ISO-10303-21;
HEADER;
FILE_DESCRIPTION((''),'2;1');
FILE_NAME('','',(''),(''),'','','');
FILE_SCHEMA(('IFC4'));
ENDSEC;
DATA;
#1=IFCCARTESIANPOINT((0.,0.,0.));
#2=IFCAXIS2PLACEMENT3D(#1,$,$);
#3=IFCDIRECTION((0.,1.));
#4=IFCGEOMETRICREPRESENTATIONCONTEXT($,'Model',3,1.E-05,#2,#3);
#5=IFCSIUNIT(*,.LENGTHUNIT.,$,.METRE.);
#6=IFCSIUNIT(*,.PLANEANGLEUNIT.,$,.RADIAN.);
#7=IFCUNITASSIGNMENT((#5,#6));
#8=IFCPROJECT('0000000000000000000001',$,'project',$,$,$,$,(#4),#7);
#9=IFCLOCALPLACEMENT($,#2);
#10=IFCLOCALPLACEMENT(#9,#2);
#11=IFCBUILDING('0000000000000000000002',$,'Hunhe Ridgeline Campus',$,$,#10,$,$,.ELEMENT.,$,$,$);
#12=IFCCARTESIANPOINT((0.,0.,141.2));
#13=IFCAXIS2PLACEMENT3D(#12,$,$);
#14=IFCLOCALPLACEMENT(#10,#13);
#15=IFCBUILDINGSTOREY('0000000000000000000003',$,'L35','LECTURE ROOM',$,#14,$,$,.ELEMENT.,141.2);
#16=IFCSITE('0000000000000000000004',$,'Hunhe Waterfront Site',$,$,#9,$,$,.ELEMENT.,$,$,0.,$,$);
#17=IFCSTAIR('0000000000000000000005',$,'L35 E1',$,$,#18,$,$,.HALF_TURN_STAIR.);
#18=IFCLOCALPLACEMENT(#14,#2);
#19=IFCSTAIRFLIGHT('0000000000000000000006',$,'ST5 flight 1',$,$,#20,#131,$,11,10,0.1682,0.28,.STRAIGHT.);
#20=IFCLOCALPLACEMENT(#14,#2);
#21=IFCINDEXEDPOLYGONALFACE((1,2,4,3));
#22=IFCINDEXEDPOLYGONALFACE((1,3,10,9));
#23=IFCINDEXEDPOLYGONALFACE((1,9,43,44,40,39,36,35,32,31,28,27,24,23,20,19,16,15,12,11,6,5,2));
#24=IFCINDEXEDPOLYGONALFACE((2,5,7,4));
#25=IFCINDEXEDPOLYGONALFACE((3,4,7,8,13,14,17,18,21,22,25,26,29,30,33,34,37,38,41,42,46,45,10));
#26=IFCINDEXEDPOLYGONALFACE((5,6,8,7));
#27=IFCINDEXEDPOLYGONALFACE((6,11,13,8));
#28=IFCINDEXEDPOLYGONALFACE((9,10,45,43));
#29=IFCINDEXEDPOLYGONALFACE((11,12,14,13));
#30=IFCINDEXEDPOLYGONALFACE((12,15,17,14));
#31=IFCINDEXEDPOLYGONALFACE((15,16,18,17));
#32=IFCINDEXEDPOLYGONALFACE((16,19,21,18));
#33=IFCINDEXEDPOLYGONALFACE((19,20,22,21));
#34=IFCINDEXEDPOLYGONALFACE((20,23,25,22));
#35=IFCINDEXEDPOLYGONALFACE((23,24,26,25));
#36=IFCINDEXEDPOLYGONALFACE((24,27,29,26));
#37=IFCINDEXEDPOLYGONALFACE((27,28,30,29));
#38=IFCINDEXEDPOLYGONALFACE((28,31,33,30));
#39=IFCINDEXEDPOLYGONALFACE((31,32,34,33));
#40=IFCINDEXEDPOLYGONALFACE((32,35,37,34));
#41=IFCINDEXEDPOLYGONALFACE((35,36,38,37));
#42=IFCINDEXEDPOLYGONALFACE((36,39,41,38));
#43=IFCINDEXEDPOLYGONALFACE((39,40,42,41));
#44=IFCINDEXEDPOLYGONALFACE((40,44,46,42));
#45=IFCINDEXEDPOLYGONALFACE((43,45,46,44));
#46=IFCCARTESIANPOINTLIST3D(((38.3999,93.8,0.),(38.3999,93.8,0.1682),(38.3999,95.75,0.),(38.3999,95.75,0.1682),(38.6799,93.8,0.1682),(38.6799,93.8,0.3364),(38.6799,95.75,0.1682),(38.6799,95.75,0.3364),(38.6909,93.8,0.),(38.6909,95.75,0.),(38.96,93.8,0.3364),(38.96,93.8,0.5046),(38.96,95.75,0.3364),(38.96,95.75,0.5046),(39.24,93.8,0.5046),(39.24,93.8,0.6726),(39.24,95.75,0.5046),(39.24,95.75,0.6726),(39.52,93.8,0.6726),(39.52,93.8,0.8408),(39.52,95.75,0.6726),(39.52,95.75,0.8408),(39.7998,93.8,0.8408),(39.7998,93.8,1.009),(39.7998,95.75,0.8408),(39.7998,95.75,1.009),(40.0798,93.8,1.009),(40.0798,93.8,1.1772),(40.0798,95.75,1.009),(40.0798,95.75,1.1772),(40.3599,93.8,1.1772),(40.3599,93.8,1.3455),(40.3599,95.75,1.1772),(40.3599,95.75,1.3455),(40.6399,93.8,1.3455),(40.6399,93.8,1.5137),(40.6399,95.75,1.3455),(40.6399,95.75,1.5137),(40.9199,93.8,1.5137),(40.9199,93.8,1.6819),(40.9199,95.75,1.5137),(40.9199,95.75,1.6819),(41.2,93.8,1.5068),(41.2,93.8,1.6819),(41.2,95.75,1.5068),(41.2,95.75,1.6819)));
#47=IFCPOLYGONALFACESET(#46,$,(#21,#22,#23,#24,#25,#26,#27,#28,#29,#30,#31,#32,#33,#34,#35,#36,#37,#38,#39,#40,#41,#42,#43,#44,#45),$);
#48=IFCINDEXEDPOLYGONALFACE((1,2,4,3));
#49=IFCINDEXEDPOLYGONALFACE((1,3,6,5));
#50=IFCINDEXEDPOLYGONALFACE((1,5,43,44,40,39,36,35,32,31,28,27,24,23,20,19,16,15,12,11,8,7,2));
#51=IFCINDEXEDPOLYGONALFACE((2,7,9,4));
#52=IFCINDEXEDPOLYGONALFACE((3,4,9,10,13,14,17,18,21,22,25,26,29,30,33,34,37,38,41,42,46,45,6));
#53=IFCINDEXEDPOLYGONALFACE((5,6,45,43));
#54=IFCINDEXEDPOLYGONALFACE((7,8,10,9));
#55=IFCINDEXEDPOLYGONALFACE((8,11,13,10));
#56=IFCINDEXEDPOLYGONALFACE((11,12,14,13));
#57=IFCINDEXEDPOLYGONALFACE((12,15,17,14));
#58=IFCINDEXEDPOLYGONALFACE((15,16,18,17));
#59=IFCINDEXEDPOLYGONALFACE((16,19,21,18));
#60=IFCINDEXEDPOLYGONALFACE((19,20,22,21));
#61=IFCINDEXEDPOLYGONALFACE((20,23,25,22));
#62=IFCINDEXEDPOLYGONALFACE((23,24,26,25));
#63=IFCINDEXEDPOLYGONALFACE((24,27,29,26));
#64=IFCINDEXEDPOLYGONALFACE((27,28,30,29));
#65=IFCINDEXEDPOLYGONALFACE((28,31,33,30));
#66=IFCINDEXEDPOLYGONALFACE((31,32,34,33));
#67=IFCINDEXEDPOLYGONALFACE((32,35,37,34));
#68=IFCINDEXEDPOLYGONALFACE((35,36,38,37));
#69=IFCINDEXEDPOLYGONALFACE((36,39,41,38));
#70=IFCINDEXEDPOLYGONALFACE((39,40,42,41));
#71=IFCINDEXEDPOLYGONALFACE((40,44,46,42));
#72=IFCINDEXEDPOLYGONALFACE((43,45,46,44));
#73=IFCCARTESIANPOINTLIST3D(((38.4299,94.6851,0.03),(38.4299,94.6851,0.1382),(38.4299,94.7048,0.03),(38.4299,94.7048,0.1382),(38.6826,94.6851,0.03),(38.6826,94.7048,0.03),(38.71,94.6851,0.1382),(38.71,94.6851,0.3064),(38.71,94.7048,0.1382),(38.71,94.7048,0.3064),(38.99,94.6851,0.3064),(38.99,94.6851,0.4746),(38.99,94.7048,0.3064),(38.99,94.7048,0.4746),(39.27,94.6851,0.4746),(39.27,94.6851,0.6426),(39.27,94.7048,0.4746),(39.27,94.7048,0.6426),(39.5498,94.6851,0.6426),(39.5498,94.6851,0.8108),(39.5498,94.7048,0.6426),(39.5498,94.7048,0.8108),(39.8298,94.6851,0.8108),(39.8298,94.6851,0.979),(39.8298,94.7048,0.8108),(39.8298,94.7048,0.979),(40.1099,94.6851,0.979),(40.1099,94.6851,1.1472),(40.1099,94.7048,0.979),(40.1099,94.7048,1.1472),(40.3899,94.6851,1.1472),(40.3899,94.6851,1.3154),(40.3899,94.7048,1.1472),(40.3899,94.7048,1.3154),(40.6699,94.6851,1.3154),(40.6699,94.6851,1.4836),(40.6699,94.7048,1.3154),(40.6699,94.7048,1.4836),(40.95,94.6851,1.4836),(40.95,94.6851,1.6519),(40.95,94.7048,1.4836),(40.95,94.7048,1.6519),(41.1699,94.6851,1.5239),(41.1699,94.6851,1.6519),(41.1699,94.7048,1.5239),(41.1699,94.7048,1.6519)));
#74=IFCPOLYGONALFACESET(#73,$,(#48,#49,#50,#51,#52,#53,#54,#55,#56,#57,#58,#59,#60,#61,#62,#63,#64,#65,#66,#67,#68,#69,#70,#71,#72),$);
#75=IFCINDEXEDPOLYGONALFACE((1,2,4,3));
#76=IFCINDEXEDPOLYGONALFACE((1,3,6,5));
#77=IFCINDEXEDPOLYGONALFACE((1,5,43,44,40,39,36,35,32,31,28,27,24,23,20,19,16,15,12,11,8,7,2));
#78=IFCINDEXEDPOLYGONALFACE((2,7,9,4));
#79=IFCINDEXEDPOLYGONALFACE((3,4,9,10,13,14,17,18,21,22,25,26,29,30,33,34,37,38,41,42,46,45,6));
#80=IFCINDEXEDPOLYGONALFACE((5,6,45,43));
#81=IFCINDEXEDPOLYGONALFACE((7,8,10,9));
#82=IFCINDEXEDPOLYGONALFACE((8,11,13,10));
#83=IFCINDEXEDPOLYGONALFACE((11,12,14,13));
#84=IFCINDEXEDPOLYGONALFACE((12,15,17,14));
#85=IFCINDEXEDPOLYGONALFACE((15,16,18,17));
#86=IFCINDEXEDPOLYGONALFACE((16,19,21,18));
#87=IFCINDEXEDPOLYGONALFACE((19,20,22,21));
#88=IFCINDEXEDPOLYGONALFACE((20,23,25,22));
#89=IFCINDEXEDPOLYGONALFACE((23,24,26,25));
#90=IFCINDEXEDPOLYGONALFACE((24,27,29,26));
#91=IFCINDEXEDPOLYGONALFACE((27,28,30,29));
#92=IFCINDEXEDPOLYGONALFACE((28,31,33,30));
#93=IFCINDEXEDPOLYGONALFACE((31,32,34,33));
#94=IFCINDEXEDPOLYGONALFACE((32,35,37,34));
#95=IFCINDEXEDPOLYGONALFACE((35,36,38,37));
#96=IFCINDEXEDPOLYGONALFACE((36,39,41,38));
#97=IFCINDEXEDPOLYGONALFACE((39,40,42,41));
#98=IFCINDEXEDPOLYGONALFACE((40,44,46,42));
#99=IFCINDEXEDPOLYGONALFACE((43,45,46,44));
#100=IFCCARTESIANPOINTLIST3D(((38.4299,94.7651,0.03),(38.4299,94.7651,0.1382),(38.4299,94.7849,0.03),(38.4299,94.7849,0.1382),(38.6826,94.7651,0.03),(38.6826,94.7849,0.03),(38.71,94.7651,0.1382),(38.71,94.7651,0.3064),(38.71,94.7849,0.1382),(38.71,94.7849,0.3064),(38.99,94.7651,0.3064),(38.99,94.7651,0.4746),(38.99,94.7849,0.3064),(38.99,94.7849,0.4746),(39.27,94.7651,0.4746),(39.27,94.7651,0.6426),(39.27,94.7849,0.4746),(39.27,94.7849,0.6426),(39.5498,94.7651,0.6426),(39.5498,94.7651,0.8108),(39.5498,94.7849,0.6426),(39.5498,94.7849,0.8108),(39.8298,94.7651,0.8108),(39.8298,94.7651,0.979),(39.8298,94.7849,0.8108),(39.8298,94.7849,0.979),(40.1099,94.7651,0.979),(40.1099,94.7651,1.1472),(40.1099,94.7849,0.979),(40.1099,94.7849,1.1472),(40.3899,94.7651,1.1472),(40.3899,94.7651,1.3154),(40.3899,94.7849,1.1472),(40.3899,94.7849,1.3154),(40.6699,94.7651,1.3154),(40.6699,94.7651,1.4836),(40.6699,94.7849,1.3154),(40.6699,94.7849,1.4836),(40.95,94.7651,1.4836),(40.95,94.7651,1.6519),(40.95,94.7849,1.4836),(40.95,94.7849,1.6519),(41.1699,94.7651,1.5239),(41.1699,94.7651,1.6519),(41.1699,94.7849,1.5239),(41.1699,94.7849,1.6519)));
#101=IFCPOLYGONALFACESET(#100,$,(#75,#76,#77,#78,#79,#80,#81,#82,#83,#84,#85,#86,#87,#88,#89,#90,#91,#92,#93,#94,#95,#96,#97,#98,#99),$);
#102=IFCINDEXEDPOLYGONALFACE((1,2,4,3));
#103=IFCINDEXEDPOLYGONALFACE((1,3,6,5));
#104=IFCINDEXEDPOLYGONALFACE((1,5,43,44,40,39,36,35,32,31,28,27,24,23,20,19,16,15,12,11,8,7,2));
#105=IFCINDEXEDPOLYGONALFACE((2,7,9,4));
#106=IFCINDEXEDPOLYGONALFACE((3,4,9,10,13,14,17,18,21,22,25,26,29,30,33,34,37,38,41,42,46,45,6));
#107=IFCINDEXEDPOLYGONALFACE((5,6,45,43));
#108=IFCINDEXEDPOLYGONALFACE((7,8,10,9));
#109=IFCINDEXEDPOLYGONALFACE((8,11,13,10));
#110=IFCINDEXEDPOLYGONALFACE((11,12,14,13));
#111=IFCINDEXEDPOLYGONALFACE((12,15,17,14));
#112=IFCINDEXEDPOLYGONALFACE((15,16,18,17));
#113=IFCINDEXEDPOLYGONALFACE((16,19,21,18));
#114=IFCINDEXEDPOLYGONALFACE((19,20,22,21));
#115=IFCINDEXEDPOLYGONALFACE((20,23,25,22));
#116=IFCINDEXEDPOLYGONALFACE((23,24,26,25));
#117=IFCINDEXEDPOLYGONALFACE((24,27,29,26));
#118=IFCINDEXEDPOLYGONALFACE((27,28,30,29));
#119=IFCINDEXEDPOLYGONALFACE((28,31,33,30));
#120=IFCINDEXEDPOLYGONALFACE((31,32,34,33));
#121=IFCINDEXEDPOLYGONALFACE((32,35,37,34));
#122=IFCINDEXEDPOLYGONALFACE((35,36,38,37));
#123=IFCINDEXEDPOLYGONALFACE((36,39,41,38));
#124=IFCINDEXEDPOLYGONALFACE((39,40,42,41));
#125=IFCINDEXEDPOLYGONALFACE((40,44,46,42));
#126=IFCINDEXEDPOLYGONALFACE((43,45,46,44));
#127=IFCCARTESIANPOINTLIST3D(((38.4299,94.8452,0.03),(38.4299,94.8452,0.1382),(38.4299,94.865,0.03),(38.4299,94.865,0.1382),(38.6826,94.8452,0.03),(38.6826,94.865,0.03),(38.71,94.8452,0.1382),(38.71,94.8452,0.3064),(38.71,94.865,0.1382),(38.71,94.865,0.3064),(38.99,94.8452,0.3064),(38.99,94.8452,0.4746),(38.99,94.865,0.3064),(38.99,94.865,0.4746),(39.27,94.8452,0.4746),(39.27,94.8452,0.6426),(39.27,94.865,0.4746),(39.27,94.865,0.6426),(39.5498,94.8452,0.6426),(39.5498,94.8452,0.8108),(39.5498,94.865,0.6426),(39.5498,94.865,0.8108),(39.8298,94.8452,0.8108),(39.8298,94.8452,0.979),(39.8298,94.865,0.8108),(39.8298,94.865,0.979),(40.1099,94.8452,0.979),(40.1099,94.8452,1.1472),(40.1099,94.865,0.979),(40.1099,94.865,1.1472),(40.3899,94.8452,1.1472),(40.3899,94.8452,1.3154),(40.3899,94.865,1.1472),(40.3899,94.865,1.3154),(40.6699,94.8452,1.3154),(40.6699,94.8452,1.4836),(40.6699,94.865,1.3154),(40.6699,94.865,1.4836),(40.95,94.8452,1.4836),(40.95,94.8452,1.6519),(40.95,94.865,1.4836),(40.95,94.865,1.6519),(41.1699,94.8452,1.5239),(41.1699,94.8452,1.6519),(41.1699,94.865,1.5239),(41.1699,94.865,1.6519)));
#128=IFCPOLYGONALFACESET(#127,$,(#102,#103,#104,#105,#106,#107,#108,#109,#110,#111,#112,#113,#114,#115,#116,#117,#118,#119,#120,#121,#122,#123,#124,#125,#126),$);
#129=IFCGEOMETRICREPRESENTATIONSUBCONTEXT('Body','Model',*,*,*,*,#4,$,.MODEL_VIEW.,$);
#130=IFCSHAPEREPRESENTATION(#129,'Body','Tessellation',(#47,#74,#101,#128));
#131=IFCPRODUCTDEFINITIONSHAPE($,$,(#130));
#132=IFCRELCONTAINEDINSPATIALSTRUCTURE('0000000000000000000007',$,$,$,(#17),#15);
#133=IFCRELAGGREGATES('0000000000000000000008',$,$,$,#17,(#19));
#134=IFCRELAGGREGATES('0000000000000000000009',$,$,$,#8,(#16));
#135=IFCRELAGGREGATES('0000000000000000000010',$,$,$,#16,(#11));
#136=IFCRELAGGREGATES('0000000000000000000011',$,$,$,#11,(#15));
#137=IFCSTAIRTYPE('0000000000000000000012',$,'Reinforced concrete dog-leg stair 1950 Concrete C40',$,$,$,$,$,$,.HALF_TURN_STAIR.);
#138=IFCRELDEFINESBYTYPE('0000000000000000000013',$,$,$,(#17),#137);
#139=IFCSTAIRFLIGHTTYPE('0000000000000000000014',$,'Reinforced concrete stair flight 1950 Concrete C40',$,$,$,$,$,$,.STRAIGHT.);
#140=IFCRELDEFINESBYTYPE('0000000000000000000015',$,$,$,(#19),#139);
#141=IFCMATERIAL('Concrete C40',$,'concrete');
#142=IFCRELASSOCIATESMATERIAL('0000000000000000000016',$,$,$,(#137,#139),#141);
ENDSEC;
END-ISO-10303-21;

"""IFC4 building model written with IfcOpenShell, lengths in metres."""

from ifc_helpers import new_model, si_unit, direction, frame, origin, place, context, subcontext, project, spatial, polyline, outline, extrude, material, type_object, element, aggregate, save


model = new_model("IFC4")

# Units and contexts
model_context = context("Model", 3, precision=1e-05, world=origin(), true_north=direction((0.0, 1.0)))
body_context = subcontext(model_context, "Body", "Model", "MODEL_VIEW")
ifc_project = project(units=[si_unit("LENGTHUNIT", "METRE"), si_unit("PLANEANGLEUNIT", "RADIAN")], contexts=[model_context])

# Site, building, storey
site_placement = place(None, origin())
site = spatial("IfcSite", under=ifc_project, at=site_placement, Name="Hunhe Waterfront Site", CompositionType="ELEMENT", RefElevation=0.0)
building_placement = place(site_placement, origin())
building = spatial("IfcBuilding", under=site, at=building_placement, Name="Hunhe Ridgeline Campus", CompositionType="ELEMENT")
storey_placement = place(building_placement, frame((0.0, 0.0, 141.2)))
storey = spatial("IfcBuildingStorey", under=building, at=storey_placement, Name="L35", Description="LECTURE ROOM", CompositionType="ELEMENT", Elevation=141.2)

# Shared definitions
ifc_material_1 = material(Name="Concrete C40", Category="concrete")
stair_type = type_object("IfcStairType", Name="Reinforced concrete dog-leg stair 1950 Concrete C40", PredefinedType="HALF_TURN_STAIR", material=ifc_material_1)
stair_flight_type = type_object("IfcStairFlightType", Name="Reinforced concrete stair flight 1950 Concrete C40", PredefinedType="STRAIGHT", material=ifc_material_1)

# Stair, stair flight
stair_1_placement = place(storey_placement, origin())
stair_1 = element("IfcStair", 1, at=stair_1_placement, inside=storey, type_object=stair_type, Name="L35 E1", PredefinedType="HALF_TURN_STAIR")
stair_flight_1_placement = place(storey_placement, frame((38.3999, 94.7749, 0.0), z_axis=(0.0, 0.0, 1.0), x_axis=(1.0, 0.0, 0.0)))
stair_flight_1 = element("IfcStairFlight", 2, at=stair_flight_1_placement, type_object=stair_flight_type, Name="ST5 flight 1", NumberOfRisers=11, NumberOfTreads=10, PredefinedType="STRAIGHT", RiserHeight=0.1682, TreadLength=0.28, context=body_context, shape_type="SweptSolid", body=[
    extrude(outline(polyline([(0.0, 0.0), (0.0, 0.1682), (0.28, 0.1682), (0.28, 0.3364), (0.5601, 0.3364), (0.5601, 0.5046), (0.8401, 0.5046), (0.8401, 0.6726), (1.1201, 0.6726), (1.1201, 0.8408), (1.3999, 0.8408), (1.3999, 1.009), (1.6799, 1.009), (1.6799, 1.1772), (1.96, 1.1772), (1.96, 1.3455), (2.24, 1.3455), (2.24, 1.5137), (2.52, 1.5137), (2.52, 1.6819), (2.8, 1.6819), (2.8, 1.8501), (2.8, 1.5068), (0.291, 0.0), (0.0, 0.0)])), frame((0.0, 0.9751, 0.0), z_axis=(0.0, -1.0, 0.0), x_axis=(1.0, 0.0, 0.0)), (0.0, 0.0, 1.0), 1.95),
    extrude(outline(polyline([(0.03, 0.03), (0.03, 0.1382), (0.3101, 0.1382), (0.3101, 0.3064), (0.5901, 0.3064), (0.5901, 0.4746), (0.8701, 0.4746), (0.8701, 0.6426), (1.1499, 0.6426), (1.1499, 0.8108), (1.4299, 0.8108), (1.4299, 0.979), (1.71, 0.979), (1.71, 1.1472), (1.99, 1.1472), (1.99, 1.3154), (2.27, 1.3154), (2.27, 1.4836), (2.55, 1.4836), (2.55, 1.6519), (2.77, 1.6519), (2.77, 1.5239), (0.2827, 0.03), (0.03, 0.03)])), frame((0.0, -0.0701, 0.0), z_axis=(0.0, -1.0, 0.0), x_axis=(1.0, 0.0, 0.0)), (0.0, 0.0, 1.0), 0.0198),
    extrude(outline(polyline([(0.03, 0.03), (0.03, 0.1382), (0.3101, 0.1382), (0.3101, 0.3064), (0.5901, 0.3064), (0.5901, 0.4746), (0.8701, 0.4746), (0.8701, 0.6426), (1.1499, 0.6426), (1.1499, 0.8108), (1.4299, 0.8108), (1.4299, 0.979), (1.71, 0.979), (1.71, 1.1472), (1.99, 1.1472), (1.99, 1.3154), (2.27, 1.3154), (2.27, 1.4836), (2.55, 1.4836), (2.55, 1.6519), (2.77, 1.6519), (2.77, 1.5239), (0.2827, 0.03), (0.03, 0.03)])), frame((0.0, 0.01, 0.0), z_axis=(0.0, -1.0, 0.0), x_axis=(1.0, 0.0, 0.0)), (0.0, 0.0, 1.0), 0.0198),
    extrude(outline(polyline([(0.03, 0.03), (0.03, 0.1382), (0.3101, 0.1382), (0.3101, 0.3064), (0.5901, 0.3064), (0.5901, 0.4746), (0.8701, 0.4746), (0.8701, 0.6426), (1.1499, 0.6426), (1.1499, 0.8108), (1.4299, 0.8108), (1.4299, 0.979), (1.71, 0.979), (1.71, 1.1472), (1.99, 1.1472), (1.99, 1.3154), (2.27, 1.3154), (2.27, 1.4836), (2.55, 1.4836), (2.55, 1.6519), (2.77, 1.6519), (2.77, 1.5239), (0.2827, 0.03), (0.03, 0.03)])), frame((0.0, 0.0901, 0.0), z_axis=(0.0, -1.0, 0.0), x_axis=(1.0, 0.0, 0.0)), (0.0, 0.0, 1.0), 0.0198),
])
aggregate(stair_1, [stair_flight_1])

save(model, "model.ifc")
